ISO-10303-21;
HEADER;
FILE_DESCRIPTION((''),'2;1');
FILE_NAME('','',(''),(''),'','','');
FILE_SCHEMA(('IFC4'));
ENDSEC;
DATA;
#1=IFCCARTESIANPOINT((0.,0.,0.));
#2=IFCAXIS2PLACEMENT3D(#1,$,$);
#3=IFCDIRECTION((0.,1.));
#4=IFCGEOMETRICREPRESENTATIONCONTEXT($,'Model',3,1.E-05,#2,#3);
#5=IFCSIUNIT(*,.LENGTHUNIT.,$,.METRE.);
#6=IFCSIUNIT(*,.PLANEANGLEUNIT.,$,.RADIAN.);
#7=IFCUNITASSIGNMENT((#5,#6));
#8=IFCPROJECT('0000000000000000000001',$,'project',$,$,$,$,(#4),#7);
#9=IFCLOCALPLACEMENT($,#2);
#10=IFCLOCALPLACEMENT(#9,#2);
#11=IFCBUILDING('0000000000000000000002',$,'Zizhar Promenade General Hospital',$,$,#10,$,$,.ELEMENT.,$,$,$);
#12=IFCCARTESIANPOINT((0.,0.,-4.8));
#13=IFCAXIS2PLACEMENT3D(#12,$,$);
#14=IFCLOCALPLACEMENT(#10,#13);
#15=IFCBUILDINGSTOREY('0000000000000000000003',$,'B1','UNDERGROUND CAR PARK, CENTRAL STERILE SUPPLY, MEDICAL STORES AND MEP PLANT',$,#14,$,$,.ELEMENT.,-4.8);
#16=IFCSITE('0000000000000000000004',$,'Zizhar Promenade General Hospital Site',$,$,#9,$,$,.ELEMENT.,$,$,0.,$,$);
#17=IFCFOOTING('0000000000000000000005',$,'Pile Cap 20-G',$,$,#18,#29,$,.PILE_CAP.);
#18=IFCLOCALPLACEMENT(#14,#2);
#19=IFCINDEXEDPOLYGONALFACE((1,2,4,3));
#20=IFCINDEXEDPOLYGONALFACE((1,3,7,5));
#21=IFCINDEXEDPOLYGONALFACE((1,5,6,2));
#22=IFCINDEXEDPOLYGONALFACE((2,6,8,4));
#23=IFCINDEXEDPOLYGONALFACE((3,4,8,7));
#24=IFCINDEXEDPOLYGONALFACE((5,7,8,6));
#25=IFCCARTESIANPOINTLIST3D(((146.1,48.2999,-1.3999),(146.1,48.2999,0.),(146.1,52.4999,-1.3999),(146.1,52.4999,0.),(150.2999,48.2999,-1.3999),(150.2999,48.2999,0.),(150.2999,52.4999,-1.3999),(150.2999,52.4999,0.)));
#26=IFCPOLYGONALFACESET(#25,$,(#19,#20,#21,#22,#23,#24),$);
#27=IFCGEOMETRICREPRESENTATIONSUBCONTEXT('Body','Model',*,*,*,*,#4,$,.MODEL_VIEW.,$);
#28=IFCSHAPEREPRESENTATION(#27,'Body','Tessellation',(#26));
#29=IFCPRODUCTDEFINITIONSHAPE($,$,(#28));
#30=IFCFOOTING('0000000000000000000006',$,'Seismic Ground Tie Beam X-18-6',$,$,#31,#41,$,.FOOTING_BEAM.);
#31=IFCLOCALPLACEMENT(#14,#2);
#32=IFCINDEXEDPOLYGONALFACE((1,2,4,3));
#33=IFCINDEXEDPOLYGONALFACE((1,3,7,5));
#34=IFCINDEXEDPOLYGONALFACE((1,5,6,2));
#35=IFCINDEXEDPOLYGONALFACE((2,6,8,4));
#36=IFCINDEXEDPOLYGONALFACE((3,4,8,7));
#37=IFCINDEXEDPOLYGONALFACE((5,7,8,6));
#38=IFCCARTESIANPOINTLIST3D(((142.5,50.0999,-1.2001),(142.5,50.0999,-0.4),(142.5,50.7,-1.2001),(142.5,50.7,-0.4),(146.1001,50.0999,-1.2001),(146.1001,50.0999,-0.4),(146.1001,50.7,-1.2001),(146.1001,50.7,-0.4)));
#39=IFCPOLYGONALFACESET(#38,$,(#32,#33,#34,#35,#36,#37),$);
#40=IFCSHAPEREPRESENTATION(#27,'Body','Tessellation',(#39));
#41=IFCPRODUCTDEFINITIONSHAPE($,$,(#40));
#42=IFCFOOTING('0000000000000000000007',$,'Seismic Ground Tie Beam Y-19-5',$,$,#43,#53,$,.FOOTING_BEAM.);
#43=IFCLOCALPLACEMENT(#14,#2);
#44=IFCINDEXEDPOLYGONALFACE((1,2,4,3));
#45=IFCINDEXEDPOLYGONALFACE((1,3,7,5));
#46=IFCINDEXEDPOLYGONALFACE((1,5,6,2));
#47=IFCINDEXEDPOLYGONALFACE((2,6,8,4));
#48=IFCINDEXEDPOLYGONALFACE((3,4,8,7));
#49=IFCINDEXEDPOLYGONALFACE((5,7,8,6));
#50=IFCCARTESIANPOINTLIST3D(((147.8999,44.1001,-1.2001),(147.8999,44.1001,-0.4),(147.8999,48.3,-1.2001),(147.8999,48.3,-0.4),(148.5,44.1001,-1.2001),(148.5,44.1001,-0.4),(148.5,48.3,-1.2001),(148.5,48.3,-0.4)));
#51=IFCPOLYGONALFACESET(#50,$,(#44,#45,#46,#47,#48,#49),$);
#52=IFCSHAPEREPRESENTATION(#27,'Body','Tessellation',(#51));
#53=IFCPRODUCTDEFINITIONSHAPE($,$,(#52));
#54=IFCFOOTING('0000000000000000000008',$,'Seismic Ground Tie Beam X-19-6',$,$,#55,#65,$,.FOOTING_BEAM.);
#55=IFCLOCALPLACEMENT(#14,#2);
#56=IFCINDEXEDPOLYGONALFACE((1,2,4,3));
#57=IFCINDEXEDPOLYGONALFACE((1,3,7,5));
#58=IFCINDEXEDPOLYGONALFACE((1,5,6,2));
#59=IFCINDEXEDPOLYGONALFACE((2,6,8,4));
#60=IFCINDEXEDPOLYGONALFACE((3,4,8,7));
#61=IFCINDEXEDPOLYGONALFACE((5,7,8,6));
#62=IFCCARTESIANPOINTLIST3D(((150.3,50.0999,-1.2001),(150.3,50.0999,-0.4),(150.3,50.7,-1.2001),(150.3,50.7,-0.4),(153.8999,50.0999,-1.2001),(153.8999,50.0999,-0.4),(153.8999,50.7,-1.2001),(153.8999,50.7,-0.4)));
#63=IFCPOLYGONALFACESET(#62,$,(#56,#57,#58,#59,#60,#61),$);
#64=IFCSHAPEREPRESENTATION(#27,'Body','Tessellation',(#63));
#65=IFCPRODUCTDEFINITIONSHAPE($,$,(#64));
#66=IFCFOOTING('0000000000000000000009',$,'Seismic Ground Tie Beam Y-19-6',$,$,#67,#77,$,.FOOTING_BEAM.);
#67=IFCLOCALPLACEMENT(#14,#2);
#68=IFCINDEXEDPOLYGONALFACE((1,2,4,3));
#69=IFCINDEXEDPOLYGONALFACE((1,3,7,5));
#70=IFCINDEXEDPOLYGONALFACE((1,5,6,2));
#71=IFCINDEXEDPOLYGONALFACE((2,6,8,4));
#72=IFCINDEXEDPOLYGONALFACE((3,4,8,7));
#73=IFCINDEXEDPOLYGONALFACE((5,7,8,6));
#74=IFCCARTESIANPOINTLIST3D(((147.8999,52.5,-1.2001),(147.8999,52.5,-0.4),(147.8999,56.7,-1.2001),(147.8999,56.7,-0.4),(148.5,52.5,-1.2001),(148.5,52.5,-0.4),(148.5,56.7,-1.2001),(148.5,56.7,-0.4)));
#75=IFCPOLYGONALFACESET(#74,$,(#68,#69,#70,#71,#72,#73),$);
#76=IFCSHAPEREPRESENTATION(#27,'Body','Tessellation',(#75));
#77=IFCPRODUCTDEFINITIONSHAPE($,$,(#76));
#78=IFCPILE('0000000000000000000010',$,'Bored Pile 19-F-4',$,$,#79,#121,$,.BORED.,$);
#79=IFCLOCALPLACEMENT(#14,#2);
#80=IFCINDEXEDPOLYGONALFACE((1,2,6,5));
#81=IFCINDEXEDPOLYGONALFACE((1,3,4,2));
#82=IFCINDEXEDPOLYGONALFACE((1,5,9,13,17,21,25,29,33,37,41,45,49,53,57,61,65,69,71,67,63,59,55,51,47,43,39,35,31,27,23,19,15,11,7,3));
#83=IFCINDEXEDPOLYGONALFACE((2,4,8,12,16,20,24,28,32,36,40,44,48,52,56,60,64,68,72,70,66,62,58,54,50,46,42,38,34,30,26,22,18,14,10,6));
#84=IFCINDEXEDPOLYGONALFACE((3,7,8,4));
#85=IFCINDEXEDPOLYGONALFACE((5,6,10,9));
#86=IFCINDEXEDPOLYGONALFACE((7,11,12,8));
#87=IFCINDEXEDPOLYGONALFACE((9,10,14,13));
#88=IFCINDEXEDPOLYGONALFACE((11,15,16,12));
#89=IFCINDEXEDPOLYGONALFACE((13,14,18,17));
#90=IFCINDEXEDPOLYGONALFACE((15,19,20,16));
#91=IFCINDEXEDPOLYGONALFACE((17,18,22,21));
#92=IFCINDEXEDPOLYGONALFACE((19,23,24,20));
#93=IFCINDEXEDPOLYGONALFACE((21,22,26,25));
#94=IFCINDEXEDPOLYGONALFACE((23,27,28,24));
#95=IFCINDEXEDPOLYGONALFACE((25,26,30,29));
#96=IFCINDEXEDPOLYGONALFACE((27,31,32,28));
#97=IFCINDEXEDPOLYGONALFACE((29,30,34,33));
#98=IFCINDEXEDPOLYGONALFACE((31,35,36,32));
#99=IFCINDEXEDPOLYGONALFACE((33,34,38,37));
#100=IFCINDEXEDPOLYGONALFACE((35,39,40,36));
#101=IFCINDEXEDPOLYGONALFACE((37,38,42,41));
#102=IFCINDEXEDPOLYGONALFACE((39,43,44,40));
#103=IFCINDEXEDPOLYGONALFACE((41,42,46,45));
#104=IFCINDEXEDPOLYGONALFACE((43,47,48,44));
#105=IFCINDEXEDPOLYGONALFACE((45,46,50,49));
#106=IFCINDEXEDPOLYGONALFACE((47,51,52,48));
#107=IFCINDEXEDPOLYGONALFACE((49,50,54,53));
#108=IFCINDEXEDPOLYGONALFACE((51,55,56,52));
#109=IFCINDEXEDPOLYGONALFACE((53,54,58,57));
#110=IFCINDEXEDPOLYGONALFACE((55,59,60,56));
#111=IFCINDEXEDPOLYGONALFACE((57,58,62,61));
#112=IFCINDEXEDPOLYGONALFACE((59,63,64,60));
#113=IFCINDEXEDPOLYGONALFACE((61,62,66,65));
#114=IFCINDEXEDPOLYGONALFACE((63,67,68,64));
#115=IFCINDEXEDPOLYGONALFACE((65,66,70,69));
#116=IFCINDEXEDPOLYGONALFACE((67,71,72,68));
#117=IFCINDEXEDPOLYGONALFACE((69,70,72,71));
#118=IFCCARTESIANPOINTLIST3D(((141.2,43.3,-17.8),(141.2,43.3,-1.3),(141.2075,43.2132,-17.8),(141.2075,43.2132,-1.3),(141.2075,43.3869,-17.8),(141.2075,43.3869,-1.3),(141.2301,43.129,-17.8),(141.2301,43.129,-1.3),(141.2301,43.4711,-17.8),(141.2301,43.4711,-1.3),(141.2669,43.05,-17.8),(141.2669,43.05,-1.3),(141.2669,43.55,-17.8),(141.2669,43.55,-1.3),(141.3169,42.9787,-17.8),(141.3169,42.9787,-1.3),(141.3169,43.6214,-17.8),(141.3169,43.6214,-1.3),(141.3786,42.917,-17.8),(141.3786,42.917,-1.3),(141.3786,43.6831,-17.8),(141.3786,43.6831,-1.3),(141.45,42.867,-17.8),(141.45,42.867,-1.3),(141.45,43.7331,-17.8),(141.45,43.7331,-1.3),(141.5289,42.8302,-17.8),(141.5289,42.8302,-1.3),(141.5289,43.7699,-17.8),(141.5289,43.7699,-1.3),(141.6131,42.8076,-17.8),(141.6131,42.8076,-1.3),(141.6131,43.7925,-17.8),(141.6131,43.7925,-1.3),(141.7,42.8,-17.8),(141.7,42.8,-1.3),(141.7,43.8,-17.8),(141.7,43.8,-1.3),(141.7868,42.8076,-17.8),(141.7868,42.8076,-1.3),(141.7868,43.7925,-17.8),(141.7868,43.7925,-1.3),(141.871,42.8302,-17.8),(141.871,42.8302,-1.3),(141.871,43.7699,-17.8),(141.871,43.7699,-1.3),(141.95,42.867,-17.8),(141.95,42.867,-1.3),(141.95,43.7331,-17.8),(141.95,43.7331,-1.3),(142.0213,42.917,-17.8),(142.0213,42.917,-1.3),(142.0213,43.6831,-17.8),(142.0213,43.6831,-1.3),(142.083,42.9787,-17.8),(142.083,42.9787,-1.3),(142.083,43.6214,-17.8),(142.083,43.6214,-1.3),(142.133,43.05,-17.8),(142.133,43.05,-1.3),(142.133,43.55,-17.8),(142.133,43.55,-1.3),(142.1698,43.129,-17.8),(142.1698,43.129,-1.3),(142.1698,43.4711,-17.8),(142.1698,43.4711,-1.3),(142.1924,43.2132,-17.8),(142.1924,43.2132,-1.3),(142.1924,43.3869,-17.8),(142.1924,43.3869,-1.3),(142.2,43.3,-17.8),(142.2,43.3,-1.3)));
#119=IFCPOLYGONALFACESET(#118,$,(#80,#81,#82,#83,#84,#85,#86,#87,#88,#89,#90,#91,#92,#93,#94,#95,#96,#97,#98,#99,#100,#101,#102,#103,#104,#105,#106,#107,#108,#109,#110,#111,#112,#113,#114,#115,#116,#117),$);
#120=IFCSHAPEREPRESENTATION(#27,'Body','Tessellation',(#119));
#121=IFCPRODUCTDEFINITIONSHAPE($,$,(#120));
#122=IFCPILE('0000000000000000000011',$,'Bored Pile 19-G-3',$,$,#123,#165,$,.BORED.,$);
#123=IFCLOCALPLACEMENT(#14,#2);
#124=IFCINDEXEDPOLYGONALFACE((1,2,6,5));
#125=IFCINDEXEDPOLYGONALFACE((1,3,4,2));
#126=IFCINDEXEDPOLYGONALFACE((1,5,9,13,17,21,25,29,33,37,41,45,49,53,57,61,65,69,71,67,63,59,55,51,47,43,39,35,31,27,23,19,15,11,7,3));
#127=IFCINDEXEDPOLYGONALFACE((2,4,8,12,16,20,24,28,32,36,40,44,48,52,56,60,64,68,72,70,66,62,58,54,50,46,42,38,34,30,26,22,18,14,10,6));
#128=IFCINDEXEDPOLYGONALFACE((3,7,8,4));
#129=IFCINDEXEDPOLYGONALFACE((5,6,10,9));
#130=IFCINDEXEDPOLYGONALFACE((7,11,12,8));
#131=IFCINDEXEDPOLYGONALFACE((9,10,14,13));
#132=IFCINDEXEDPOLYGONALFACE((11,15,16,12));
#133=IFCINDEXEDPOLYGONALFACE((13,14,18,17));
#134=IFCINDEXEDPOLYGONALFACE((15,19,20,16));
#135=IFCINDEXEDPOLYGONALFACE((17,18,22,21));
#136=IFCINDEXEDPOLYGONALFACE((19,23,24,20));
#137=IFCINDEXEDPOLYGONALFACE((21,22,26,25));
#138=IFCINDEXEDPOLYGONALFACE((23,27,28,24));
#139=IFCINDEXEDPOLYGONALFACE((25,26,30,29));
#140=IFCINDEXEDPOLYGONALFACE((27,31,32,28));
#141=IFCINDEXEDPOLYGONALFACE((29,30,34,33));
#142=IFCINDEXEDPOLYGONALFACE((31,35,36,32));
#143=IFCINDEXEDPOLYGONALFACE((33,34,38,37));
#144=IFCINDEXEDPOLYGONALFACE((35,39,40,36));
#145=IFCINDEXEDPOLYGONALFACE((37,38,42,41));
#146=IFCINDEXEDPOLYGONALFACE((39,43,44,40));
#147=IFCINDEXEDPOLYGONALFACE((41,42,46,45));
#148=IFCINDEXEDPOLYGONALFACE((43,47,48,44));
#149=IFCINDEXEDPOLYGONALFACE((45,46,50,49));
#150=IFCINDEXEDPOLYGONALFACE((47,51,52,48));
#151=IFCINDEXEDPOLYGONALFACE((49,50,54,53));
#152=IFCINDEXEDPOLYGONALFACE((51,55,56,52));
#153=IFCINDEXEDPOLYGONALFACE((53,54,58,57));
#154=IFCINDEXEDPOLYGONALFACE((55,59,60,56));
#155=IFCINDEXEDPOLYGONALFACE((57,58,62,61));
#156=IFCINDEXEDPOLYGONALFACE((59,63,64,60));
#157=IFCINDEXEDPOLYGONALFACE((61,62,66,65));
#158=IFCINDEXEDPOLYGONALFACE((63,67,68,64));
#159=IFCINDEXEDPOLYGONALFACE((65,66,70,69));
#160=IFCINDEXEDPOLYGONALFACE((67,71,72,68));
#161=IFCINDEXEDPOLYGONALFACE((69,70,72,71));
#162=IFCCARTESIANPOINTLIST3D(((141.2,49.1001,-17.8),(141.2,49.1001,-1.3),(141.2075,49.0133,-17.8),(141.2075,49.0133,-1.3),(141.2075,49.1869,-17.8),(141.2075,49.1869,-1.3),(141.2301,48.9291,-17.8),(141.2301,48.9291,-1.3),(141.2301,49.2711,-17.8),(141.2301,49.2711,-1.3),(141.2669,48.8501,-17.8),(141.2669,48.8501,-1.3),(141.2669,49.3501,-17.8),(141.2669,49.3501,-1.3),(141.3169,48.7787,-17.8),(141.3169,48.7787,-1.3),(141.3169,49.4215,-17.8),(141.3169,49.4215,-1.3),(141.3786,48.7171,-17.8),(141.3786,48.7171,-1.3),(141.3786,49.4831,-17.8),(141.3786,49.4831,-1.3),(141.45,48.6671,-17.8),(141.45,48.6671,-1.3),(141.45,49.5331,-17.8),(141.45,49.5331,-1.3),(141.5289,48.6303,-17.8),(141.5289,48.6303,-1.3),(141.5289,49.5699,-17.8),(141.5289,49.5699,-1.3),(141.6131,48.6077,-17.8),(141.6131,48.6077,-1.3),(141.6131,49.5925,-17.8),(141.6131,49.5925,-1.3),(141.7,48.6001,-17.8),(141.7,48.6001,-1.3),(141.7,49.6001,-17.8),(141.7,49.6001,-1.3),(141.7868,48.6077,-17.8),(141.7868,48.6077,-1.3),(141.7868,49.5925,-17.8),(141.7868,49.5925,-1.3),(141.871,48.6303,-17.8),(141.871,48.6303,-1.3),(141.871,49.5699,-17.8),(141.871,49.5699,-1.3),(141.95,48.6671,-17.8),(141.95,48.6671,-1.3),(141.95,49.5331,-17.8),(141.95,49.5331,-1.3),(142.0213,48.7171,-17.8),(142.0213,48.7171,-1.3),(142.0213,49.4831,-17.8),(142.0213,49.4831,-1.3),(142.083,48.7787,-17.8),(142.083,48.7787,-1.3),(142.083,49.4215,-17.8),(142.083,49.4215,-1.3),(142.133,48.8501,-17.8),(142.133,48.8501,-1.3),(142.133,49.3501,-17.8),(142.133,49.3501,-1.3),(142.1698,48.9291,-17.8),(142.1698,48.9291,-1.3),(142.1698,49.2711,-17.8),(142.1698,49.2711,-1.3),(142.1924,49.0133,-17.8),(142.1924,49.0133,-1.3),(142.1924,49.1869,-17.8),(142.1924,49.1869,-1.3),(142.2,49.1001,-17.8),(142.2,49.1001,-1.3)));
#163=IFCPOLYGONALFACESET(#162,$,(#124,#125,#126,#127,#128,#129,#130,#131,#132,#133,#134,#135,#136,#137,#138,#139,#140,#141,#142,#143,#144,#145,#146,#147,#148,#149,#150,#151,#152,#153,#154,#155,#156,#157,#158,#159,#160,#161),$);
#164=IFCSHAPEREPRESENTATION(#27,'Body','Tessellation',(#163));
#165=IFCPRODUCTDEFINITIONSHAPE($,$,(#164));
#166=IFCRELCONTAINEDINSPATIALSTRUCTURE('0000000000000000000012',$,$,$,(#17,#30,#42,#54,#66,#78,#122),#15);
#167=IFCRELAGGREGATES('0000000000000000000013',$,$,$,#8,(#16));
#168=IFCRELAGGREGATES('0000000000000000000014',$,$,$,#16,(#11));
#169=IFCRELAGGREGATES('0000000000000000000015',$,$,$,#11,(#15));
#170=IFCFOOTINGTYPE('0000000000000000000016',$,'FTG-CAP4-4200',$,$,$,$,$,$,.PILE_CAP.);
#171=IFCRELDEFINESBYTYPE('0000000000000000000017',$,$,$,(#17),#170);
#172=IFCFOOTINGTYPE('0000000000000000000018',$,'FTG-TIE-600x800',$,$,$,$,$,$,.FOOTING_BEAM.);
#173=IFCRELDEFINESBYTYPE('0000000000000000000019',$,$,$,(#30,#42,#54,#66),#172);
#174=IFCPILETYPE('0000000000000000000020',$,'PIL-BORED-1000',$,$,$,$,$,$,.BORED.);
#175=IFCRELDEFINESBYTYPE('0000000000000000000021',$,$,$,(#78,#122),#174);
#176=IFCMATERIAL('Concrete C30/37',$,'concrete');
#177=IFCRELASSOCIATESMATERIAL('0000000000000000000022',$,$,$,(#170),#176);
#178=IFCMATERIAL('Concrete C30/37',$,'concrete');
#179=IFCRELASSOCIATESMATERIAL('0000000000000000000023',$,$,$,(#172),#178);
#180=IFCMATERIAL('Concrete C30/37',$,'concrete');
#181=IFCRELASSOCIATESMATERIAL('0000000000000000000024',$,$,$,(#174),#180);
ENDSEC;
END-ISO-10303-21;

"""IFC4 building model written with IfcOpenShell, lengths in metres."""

from ifc_helpers import new_model, si_unit, direction, frame, origin, origin_2d, place, context, subcontext, project, spatial, rectangle, circle, extrude, material, material_profile, profile_set, type_object, element, save


model = new_model("IFC4")

# Units and contexts
model_context = context("Model", 3, precision=1e-05, world=origin(), true_north=direction((0.0, 1.0)))
body_context = subcontext(model_context, "Body", "Model", "MODEL_VIEW")
ifc_project = project(units=[si_unit("LENGTHUNIT", "METRE"), si_unit("PLANEANGLEUNIT", "RADIAN")], contexts=[model_context])

# Site, building, storey
site_placement = place(None, origin())
site = spatial("IfcSite", under=ifc_project, at=site_placement, Name="Zizhar Promenade General Hospital Site", CompositionType="ELEMENT", RefElevation=0.0)
building_placement = place(site_placement, origin())
building = spatial("IfcBuilding", under=site, at=building_placement, Name="Zizhar Promenade General Hospital", CompositionType="ELEMENT")
storey_placement = place(building_placement, frame((0.0, 0.0, -4.8)))
storey = spatial("IfcBuildingStorey", under=building, at=storey_placement, Name="B1", Description="UNDERGROUND CAR PARK, CENTRAL STERILE SUPPLY, MEDICAL STORES AND MEP PLANT", CompositionType="ELEMENT", Elevation=-4.8)

# Footings
ifc_material_1 = material(Name="Concrete C30/37", Category="concrete")
footing_type_1 = type_object("IfcFootingType", Name="FTG-CAP4-4200", PredefinedType="PILE_CAP", material=ifc_material_1)
footing_1_placement = place(storey_placement, frame((148.2, 50.3999, -1.3999), z_axis=(0.0, 0.0, 1.0), x_axis=(1.0, 0.0, 0.0)))
element("IfcFooting", 1, at=footing_1_placement, inside=storey, type_object=footing_type_1, Name="Pile Cap 20-G", PredefinedType="PILE_CAP", context=body_context, shape_type="SweptSolid", body=[
    extrude(rectangle(XDim=4.2, YDim=4.2, at=origin_2d()), origin(), (0.0, 0.0, 1.0), 1.3999),
])
ifc_material_2 = material(Name="Concrete C30/37", Category="concrete")
ifc_material_profile_1 = material_profile(ifc_material_2, rectangle(XDim=0.6001, YDim=0.8, at=origin_2d()))
ifc_profile_set_1 = profile_set([ifc_material_profile_1], Name="Concrete C30/37")
footing_type_2 = type_object("IfcFootingType", Name="FTG-TIE-600x800", PredefinedType="FOOTING_BEAM", material=ifc_profile_set_1)
footing_2_placement = place(storey_placement, frame((142.5, 50.3999, -0.8), z_axis=(1.0, 0.0, 0.0), x_axis=(0.0, 1.0, 0.0)))
element("IfcFooting", 2, at=footing_2_placement, inside=storey, type_object=footing_type_2, Name="Seismic Ground Tie Beam X-18-6", PredefinedType="FOOTING_BEAM", context=body_context, shape_type="SweptSolid", body=[
    extrude(rectangle(XDim=0.6001, YDim=0.8, at=origin_2d()), origin(), (0.0, 0.0, 1.0), 3.6001),
])
footing_3_placement = place(storey_placement, frame((148.2, 44.1001, -0.8), z_axis=(0.0, 1.0, 0.0), x_axis=(-1.0, 0.0, 0.0)))
element("IfcFooting", 3, at=footing_3_placement, inside=storey, type_object=footing_type_2, Name="Seismic Ground Tie Beam Y-19-5", PredefinedType="FOOTING_BEAM", context=body_context, shape_type="SweptSolid", body=[
    extrude(rectangle(XDim=0.6001, YDim=0.8, at=origin_2d()), origin(), (0.0, 0.0, 1.0), 4.2),
])
footing_4_placement = place(storey_placement, frame((150.3, 50.3999, -0.8), z_axis=(1.0, 0.0, 0.0), x_axis=(0.0, 1.0, 0.0)))
element("IfcFooting", 4, at=footing_4_placement, inside=storey, type_object=footing_type_2, Name="Seismic Ground Tie Beam X-19-6", PredefinedType="FOOTING_BEAM", context=body_context, shape_type="SweptSolid", body=[
    extrude(rectangle(XDim=0.6001, YDim=0.8, at=origin_2d()), origin(), (0.0, 0.0, 1.0), 3.5999),
])
footing_5_placement = place(storey_placement, frame((148.2, 52.5, -0.8), z_axis=(0.0, 1.0, 0.0), x_axis=(-1.0, 0.0, 0.0)))
element("IfcFooting", 5, at=footing_5_placement, inside=storey, type_object=footing_type_2, Name="Seismic Ground Tie Beam Y-19-6", PredefinedType="FOOTING_BEAM", context=body_context, shape_type="SweptSolid", body=[
    extrude(rectangle(XDim=0.6001, YDim=0.8, at=origin_2d()), origin(), (0.0, 0.0, 1.0), 4.2),
])

# Piles
ifc_material_3 = material(Name="Concrete C30/37", Category="concrete")
ifc_material_profile_2 = material_profile(ifc_material_3, circle(Radius=0.5, at=origin_2d()))
ifc_profile_set_2 = profile_set([ifc_material_profile_2], Name="Concrete C30/37")
pile_type = type_object("IfcPileType", Name="PIL-BORED-1000", PredefinedType="BORED", material=ifc_profile_set_2)
for number, where, z_axis, x_axis, name in (
    (6, (141.7, 43.3, -1.3), (0.0, 0.0, -1.0), (1.0, 0.0, 0.0), "Bored Pile 19-F-4"),
    (7, (141.7, 49.1001, -1.3), (0.0, 0.0, -1.0), (1.0, 0.0, 0.0), "Bored Pile 19-G-3"),
):
    element("IfcPile", number, at=place(storey_placement, frame(where, z_axis=z_axis, x_axis=x_axis)), inside=storey, type_object=pile_type, Name=name, PredefinedType="BORED", context=body_context, shape_type="SweptSolid", body=[
        extrude(circle(Radius=0.5, at=origin_2d()), origin(), (0.0, 0.0, 1.0), 16.5),
    ])

save(model, "model.ifc")
